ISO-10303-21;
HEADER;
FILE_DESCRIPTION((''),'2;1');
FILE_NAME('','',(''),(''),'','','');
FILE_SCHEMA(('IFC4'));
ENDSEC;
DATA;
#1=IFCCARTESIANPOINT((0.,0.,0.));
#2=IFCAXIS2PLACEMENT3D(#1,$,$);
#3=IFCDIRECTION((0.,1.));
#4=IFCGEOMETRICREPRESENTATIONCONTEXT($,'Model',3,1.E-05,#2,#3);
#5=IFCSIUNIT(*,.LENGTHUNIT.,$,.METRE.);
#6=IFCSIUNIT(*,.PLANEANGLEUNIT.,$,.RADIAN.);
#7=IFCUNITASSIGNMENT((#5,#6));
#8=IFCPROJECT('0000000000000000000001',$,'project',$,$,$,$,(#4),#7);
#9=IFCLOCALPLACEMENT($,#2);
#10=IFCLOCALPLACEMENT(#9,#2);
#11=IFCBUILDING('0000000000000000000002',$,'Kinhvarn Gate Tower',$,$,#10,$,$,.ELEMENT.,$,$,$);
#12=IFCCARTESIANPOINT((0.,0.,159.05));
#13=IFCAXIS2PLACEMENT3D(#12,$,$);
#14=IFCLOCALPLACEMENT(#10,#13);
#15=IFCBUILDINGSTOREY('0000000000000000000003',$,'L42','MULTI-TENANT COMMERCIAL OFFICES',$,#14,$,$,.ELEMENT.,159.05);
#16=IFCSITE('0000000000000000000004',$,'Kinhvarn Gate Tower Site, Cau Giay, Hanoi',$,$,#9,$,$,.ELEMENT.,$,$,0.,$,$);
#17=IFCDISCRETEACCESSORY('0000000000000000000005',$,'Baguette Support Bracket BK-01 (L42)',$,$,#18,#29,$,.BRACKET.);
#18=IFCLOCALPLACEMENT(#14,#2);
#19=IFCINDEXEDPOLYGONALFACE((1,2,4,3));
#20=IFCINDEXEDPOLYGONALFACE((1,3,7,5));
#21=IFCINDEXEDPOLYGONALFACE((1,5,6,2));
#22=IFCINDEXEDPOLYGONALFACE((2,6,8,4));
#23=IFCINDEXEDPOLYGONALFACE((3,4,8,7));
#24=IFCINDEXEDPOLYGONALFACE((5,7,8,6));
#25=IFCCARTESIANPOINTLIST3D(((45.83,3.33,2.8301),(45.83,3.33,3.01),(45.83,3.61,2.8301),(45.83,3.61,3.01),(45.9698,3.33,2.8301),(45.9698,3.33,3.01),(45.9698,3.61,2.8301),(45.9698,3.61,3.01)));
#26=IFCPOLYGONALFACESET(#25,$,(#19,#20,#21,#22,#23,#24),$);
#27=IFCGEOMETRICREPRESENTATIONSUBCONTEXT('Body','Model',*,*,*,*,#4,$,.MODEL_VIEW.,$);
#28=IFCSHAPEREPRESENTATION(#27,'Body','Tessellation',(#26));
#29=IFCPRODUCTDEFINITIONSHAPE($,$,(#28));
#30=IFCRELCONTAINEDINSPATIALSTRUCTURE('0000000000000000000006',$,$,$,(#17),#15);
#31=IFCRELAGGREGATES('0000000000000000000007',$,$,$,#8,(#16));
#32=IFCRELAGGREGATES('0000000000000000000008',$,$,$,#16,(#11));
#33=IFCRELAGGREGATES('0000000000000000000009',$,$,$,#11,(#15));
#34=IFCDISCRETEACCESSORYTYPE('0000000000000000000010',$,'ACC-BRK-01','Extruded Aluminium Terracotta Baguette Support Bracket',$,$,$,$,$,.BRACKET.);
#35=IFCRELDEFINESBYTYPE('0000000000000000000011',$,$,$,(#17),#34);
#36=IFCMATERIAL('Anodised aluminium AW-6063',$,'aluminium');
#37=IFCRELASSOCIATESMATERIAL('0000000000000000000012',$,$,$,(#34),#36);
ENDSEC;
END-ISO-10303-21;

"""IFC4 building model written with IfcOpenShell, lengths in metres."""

from ifc_helpers import new_model, si_unit, direction, frame, origin, origin_2d, place, context, subcontext, project, spatial, rectangle, extrude, material, type_object, element, save


model = new_model("IFC4")

# Units and contexts
model_context = context("Model", 3, precision=1e-05, world=origin(), true_north=direction((0.0, 1.0)))
body_context = subcontext(model_context, "Body", "Model", "MODEL_VIEW")
ifc_project = project(units=[si_unit("LENGTHUNIT", "METRE"), si_unit("PLANEANGLEUNIT", "RADIAN")], contexts=[model_context])

# Site, building, storey
site_placement = place(None, origin())
site = spatial("IfcSite", under=ifc_project, at=site_placement, Name="Kinhvarn Gate Tower Site, Cau Giay, Hanoi", CompositionType="ELEMENT", RefElevation=0.0)
building_placement = place(site_placement, origin())
building = spatial("IfcBuilding", under=site, at=building_placement, Name="Kinhvarn Gate Tower", CompositionType="ELEMENT")
storey_placement = place(building_placement, frame((0.0, 0.0, 159.05)))
storey = spatial("IfcBuildingStorey", under=building, at=storey_placement, Name="L42", Description="MULTI-TENANT COMMERCIAL OFFICES", CompositionType="ELEMENT", Elevation=159.05)

# Shared definitions
ifc_material_1 = material(Name="Anodised aluminium AW-6063", Category="aluminium")

# Discrete accessory
discrete_accessory_type = type_object("IfcDiscreteAccessoryType", Name="ACC-BRK-01", Description="Extruded Aluminium Terracotta Baguette Support Bracket", PredefinedType="BRACKET", material=ifc_material_1)
for number, where, z_axis, x_axis, name in (
    (1, (45.8999, 3.47, 2.8301), (0.0, 0.0, 1.0), (1.0, 0.0, 0.0), "Baguette Support Bracket BK-01 (L42)"),
):
    element("IfcDiscreteAccessory", number, at=place(storey_placement, frame(where, z_axis=z_axis, x_axis=x_axis)), inside=storey, type_object=discrete_accessory_type, Name=name, PredefinedType="BRACKET", context=body_context, shape_type="SweptSolid", body=[
        extrude(rectangle(XDim=0.1399, YDim=0.28, at=origin_2d()), origin(), (0.0, 0.0, 1.0), 0.1799),
    ])

save(model, "model.ifc")
